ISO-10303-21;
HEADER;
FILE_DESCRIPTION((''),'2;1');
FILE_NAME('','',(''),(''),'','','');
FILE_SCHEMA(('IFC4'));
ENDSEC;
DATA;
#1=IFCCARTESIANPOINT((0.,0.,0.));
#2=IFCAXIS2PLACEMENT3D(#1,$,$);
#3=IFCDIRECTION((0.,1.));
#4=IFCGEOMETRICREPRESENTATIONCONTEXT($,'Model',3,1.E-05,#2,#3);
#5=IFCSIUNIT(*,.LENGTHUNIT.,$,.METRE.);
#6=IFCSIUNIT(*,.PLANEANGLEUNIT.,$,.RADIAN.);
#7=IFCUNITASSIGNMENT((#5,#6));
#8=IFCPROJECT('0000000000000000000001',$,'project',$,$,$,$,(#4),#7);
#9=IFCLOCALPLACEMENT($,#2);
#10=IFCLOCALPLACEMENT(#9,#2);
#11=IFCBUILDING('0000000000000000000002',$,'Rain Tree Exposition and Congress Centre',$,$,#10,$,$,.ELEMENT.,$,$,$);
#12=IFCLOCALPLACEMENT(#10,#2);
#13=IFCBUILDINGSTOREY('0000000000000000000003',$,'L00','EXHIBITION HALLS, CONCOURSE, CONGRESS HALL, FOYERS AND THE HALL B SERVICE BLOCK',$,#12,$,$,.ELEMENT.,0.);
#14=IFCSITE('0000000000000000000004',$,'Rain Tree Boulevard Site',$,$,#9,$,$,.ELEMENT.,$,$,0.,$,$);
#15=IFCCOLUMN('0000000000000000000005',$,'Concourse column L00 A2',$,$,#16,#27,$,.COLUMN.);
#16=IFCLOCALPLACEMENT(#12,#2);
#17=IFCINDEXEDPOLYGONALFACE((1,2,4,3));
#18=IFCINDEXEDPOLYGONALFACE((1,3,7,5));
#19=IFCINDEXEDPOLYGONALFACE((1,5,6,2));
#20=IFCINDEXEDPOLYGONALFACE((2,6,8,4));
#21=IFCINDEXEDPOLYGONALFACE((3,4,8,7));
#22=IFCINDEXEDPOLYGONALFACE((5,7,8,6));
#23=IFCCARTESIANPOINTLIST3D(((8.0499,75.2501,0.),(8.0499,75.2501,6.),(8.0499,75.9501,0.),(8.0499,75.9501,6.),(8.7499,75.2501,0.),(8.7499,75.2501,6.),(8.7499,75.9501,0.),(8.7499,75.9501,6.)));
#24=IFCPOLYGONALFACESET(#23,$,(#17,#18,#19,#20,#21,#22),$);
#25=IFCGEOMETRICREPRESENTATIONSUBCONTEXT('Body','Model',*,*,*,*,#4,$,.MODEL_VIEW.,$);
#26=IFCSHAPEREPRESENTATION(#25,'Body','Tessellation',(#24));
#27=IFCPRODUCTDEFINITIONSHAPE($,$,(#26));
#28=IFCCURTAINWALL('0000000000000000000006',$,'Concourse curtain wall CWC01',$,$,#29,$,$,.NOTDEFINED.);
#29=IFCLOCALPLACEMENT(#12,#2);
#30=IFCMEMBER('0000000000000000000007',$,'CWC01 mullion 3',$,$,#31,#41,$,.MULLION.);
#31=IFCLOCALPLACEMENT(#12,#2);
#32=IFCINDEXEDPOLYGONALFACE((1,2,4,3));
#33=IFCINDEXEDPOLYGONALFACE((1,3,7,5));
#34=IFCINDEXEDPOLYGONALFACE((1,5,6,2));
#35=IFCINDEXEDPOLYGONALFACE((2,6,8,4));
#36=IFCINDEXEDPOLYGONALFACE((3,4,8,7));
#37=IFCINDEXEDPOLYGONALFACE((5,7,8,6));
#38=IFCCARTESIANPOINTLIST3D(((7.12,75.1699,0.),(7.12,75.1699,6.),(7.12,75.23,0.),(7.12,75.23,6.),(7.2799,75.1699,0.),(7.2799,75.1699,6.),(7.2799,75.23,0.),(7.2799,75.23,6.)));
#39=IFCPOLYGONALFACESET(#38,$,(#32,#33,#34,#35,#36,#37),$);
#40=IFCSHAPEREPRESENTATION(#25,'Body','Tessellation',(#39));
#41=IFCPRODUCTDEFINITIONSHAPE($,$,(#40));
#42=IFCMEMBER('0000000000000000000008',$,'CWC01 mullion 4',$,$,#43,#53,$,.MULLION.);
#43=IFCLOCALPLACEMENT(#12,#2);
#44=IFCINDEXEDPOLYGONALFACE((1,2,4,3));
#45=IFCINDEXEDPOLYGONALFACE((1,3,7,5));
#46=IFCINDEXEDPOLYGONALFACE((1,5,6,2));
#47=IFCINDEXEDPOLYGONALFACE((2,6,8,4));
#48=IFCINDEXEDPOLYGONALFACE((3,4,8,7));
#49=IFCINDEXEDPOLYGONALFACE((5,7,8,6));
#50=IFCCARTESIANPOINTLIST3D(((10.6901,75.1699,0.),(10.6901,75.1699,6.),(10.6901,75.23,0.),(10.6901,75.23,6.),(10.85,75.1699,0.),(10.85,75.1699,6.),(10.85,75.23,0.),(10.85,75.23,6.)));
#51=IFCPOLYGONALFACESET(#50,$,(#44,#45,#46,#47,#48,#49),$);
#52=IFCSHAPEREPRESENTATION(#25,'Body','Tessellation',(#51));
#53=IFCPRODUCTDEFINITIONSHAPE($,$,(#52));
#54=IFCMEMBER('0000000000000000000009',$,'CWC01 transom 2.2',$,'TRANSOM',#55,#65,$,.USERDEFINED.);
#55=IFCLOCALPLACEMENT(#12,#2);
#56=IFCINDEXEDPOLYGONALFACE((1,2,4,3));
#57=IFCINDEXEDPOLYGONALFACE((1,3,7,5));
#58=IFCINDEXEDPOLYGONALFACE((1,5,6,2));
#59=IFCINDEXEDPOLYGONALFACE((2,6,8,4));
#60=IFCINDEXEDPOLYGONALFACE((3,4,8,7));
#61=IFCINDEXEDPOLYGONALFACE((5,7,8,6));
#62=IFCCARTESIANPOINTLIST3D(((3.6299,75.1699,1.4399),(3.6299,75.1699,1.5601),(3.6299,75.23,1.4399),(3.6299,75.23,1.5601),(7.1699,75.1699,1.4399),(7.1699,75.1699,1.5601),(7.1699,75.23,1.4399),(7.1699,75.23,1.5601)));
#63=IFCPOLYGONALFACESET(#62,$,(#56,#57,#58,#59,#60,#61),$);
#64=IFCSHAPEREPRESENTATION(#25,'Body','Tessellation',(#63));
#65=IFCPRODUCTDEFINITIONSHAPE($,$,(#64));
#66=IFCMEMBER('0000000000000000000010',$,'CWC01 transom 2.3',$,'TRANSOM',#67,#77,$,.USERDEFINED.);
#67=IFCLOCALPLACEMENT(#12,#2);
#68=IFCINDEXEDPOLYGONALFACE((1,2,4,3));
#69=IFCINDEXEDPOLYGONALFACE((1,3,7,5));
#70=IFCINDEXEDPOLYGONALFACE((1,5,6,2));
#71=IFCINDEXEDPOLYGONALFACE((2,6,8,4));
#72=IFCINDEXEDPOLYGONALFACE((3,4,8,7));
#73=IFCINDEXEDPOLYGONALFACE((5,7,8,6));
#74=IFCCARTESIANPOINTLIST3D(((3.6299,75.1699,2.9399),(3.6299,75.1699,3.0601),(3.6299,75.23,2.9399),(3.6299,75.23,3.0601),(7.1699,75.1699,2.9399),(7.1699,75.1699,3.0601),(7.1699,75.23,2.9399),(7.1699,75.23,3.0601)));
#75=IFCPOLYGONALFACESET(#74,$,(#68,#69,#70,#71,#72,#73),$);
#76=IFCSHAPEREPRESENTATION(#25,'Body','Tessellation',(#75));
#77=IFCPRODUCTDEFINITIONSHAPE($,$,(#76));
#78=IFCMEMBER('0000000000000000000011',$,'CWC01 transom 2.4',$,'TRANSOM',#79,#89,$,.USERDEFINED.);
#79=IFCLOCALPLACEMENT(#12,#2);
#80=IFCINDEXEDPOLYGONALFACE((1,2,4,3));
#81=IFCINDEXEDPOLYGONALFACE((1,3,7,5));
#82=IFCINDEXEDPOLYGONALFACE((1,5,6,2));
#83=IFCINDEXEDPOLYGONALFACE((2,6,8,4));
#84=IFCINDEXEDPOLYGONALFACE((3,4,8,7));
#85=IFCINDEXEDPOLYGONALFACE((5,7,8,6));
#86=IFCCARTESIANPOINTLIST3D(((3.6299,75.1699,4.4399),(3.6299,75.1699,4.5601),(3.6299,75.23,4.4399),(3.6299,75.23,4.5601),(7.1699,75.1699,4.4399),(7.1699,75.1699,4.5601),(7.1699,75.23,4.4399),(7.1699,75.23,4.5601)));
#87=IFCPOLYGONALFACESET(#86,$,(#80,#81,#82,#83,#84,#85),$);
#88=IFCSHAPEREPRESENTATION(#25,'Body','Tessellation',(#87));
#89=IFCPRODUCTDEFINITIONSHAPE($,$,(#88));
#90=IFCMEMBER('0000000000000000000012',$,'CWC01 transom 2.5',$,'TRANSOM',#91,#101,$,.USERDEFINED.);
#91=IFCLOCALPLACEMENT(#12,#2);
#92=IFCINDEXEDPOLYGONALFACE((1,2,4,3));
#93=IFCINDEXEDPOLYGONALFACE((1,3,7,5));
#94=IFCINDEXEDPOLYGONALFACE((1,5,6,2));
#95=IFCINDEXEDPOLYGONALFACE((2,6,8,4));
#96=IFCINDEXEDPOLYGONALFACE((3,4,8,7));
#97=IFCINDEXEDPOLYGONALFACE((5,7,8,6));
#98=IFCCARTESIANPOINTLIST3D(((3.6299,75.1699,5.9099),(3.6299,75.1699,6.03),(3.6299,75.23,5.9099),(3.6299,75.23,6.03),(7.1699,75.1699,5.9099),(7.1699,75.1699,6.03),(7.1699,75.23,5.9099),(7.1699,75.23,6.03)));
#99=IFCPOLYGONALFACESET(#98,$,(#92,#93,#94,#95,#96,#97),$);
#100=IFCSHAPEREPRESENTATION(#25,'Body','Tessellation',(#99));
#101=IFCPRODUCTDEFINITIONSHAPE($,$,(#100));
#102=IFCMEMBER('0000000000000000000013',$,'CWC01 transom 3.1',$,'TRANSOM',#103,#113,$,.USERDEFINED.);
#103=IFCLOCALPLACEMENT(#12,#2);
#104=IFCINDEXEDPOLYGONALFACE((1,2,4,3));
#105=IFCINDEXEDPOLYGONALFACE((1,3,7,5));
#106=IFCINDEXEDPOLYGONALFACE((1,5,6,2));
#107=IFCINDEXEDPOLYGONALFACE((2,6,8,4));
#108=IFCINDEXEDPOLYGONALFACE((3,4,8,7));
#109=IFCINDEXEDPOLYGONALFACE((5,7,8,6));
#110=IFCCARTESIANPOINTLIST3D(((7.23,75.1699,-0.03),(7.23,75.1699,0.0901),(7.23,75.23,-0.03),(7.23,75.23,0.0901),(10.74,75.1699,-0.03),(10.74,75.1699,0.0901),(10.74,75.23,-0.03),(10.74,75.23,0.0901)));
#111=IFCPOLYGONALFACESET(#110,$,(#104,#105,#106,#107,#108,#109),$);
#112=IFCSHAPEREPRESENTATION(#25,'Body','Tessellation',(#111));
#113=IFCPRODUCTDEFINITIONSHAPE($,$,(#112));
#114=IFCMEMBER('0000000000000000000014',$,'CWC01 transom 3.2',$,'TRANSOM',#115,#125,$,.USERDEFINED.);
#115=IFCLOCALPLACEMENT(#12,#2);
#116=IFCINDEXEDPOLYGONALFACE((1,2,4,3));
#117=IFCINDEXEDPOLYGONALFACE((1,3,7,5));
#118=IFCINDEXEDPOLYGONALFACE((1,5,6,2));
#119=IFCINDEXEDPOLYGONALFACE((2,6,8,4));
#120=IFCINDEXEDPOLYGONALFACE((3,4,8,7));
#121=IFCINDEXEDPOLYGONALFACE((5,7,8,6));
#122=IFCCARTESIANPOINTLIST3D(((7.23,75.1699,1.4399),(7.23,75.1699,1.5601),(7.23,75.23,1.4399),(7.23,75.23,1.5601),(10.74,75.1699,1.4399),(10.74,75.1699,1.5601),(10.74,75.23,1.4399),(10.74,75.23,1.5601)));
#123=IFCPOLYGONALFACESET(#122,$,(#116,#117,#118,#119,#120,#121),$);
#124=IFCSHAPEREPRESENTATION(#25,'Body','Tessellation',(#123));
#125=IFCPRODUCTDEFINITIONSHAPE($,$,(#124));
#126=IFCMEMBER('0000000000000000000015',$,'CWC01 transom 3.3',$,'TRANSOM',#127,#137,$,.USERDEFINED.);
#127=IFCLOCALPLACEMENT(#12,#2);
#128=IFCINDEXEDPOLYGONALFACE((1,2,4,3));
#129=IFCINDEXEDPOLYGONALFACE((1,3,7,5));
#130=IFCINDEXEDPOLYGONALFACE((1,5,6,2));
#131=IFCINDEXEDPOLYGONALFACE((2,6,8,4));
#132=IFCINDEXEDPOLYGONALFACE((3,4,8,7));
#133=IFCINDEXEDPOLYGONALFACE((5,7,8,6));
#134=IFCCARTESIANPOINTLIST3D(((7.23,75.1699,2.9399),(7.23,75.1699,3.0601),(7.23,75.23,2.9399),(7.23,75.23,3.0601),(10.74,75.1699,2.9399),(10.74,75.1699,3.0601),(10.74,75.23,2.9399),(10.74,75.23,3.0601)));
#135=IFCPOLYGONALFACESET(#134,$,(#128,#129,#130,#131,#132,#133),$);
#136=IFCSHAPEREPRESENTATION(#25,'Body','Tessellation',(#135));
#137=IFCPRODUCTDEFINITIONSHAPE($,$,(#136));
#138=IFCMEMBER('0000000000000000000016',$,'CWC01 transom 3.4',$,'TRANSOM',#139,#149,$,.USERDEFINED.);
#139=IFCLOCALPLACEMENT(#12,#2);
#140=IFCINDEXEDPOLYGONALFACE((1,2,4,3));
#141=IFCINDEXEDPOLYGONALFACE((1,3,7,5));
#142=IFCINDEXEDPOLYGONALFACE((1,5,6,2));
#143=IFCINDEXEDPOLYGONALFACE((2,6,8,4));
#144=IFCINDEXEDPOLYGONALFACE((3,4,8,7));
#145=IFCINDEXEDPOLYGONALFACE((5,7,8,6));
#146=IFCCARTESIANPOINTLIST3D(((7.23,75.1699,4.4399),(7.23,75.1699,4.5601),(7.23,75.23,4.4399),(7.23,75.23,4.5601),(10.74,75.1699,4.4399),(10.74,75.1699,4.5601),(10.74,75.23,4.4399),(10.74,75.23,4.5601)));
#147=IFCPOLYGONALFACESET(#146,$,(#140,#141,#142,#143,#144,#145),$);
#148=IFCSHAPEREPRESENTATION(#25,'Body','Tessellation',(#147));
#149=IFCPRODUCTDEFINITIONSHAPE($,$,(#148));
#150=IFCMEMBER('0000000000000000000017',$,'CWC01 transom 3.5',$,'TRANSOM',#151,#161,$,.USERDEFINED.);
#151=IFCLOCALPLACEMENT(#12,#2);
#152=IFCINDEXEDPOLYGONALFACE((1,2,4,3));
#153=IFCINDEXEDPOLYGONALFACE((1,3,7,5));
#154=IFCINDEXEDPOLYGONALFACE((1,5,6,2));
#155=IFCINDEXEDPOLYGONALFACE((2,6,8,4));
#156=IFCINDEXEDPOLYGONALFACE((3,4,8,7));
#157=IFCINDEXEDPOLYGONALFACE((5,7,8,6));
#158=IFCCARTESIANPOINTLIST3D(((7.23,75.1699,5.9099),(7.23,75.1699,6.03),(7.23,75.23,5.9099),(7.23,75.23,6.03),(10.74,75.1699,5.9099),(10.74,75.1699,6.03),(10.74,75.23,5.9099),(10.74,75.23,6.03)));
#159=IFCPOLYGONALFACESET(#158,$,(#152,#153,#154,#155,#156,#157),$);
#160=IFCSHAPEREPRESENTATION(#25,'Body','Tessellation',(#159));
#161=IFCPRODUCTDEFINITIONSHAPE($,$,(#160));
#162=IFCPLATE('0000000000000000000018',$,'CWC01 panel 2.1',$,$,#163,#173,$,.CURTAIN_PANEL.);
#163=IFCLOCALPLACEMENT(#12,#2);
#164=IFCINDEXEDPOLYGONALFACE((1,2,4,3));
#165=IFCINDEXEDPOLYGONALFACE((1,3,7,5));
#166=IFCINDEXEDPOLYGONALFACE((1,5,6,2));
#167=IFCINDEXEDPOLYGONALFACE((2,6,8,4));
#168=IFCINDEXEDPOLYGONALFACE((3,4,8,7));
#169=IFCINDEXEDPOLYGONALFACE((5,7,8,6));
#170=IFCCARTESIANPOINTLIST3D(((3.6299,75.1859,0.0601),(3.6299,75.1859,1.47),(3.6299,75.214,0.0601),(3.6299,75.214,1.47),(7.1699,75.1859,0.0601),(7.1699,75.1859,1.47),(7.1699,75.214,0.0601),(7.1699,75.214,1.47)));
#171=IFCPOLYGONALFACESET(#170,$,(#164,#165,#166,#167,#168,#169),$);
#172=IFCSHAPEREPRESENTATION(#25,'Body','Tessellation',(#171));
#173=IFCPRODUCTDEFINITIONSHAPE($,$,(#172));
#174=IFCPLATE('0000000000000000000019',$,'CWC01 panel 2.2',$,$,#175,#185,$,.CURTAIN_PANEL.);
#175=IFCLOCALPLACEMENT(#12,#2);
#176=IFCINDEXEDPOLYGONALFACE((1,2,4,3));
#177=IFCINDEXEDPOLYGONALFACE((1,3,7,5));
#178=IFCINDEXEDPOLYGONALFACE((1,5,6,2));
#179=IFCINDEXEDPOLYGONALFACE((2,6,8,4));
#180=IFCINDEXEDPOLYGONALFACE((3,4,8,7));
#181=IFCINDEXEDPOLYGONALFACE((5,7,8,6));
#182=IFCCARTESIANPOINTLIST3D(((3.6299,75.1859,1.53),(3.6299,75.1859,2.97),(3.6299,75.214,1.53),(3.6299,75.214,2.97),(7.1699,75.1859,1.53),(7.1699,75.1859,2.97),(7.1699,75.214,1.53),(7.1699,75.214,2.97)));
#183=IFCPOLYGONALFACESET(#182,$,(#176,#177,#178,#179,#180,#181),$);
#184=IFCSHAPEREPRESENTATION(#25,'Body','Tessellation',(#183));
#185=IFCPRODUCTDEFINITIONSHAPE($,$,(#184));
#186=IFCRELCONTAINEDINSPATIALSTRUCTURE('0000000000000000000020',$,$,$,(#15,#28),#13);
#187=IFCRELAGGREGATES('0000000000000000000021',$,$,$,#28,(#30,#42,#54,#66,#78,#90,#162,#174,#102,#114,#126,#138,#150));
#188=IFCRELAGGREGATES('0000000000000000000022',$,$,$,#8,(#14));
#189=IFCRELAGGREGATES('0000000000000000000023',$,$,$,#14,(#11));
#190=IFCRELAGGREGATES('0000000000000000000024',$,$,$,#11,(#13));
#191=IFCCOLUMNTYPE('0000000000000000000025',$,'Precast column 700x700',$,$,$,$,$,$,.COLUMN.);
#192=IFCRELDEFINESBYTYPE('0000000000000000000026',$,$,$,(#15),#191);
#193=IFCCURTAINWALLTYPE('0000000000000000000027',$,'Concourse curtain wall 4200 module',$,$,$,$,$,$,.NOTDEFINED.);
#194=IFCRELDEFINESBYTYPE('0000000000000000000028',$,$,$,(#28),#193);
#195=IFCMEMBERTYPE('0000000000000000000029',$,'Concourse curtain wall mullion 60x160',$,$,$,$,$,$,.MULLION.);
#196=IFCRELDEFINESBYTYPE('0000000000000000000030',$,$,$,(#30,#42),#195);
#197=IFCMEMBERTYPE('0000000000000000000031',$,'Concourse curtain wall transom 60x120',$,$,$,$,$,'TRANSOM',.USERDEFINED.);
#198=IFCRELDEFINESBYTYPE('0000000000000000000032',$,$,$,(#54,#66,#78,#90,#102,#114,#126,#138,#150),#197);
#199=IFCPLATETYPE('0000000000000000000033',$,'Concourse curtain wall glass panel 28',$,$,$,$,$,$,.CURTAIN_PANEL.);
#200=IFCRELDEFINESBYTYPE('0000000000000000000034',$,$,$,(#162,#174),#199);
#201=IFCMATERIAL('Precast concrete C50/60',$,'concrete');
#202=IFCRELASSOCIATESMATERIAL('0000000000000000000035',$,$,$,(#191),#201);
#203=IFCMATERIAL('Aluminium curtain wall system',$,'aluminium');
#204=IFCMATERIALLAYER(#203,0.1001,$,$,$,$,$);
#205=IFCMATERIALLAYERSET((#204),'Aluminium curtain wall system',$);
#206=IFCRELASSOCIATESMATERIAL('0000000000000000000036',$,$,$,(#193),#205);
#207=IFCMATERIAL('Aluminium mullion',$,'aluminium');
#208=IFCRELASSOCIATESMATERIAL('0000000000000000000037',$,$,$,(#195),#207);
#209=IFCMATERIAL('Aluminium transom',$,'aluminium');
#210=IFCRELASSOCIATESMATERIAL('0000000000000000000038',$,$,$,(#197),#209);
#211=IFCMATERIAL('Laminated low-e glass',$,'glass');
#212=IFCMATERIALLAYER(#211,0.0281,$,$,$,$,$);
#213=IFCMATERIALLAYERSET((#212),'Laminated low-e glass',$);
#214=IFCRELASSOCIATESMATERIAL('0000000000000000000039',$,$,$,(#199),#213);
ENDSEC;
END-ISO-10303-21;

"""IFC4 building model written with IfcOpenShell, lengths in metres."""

from ifc_helpers import new_model, si_unit, direction, frame, origin, origin_2d, place, context, subcontext, project, spatial, rectangle, extrude, material, layer, layer_set, material_profile, profile_set, type_object, element, aggregate, save


model = new_model("IFC4")

# Units and contexts
model_context = context("Model", 3, precision=1e-05, world=origin(), true_north=direction((0.0, 1.0)))
body_context = subcontext(model_context, "Body", "Model", "MODEL_VIEW")
ifc_project = project(units=[si_unit("LENGTHUNIT", "METRE"), si_unit("PLANEANGLEUNIT", "RADIAN")], contexts=[model_context])

# Site, building, storey
site_placement = place(None, origin())
site = spatial("IfcSite", under=ifc_project, at=site_placement, Name="Rain Tree Boulevard Site", CompositionType="ELEMENT", RefElevation=0.0)
building_placement = place(site_placement, origin())
building = spatial("IfcBuilding", under=site, at=building_placement, Name="Rain Tree Exposition and Congress Centre", CompositionType="ELEMENT")
storey_placement = place(building_placement, origin())
storey = spatial("IfcBuildingStorey", under=building, at=storey_placement, Name="L00", Description="EXHIBITION HALLS, CONCOURSE, CONGRESS HALL, FOYERS AND THE HALL B SERVICE BLOCK", CompositionType="ELEMENT", Elevation=0.0)

# Column
ifc_material_1 = material(Name="Precast concrete C50/60", Category="concrete")
ifc_material_profile_1 = material_profile(ifc_material_1, rectangle(XDim=0.7, YDim=0.7, at=origin_2d()), Name="RC 700x700")
ifc_profile_set_1 = profile_set([ifc_material_profile_1], Name="Precast concrete C50/60")
column_type = type_object("IfcColumnType", Name="Precast column 700x700", PredefinedType="COLUMN", material=ifc_profile_set_1)
column_placement = place(storey_placement, frame((8.3999, 75.6001, 0.0), z_axis=(0.0, 0.0, 1.0), x_axis=(1.0, 0.0, 0.0)))
element("IfcColumn", 1, at=column_placement, inside=storey, type_object=column_type, Name="Concourse column L00 A2", PredefinedType="COLUMN", context=body_context, shape_type="SweptSolid", body=[
    extrude(rectangle(XDim=0.7, YDim=0.7, at=origin_2d()), origin(), (0.0, 0.0, 1.0), 6.0),
])

# Curtain wall, members, plates
ifc_material_2 = material(Name="Aluminium curtain wall system", Category="aluminium")
ifc_layer_1 = layer(ifc_material_2, 0.1001)
ifc_layer_set_1 = layer_set([ifc_layer_1], Name="Aluminium curtain wall system")
curtain_wall_type = type_object("IfcCurtainWallType", Name="Concourse curtain wall 4200 module", PredefinedType="NOTDEFINED", material=ifc_layer_set_1)
curtain_wall_placement = place(storey_placement, origin())
curtain_wall = element("IfcCurtainWall", 2, at=curtain_wall_placement, inside=storey, type_object=curtain_wall_type, Name="Concourse curtain wall CWC01", PredefinedType="NOTDEFINED")
ifc_material_3 = material(Name="Aluminium mullion", Category="aluminium")
ifc_material_profile_2 = material_profile(ifc_material_3, rectangle(XDim=0.0601, YDim=0.1599, at=origin_2d()), Name="AL 60x160")
ifc_profile_set_2 = profile_set([ifc_material_profile_2], Name="Aluminium mullion")
member_type_1 = type_object("IfcMemberType", Name="Concourse curtain wall mullion 60x160", PredefinedType="MULLION", material=ifc_profile_set_2)
member_1_placement = place(storey_placement, frame((7.2, 75.2, 0.0), z_axis=(0.0, 0.0, 1.0), x_axis=(0.0, 1.0, 0.0)))
member_1 = element("IfcMember", 3, at=member_1_placement, type_object=member_type_1, Name="CWC01 mullion 3", PredefinedType="MULLION", context=body_context, shape_type="SweptSolid", body=[
    extrude(rectangle(XDim=0.0601, YDim=0.1599, at=origin_2d()), origin(), (0.0, 0.0, 1.0), 6.0),
])
member_2_placement = place(storey_placement, frame((10.77, 75.2, 0.0), z_axis=(0.0, 0.0, 1.0), x_axis=(0.0, 1.0, 0.0)))
member_2 = element("IfcMember", 4, at=member_2_placement, type_object=member_type_1, Name="CWC01 mullion 4", PredefinedType="MULLION", context=body_context, shape_type="SweptSolid", body=[
    extrude(rectangle(XDim=0.0601, YDim=0.1599, at=origin_2d()), origin(), (0.0, 0.0, 1.0), 6.0),
])
ifc_material_4 = material(Name="Aluminium transom", Category="aluminium")
ifc_material_profile_3 = material_profile(ifc_material_4, rectangle(XDim=0.0601, YDim=0.1201, at=origin_2d()), Name="AL 60x120")
ifc_profile_set_3 = profile_set([ifc_material_profile_3], Name="Aluminium transom")
member_type_2 = type_object("IfcMemberType", Name="Concourse curtain wall transom 60x120", ElementType="TRANSOM", PredefinedType="USERDEFINED", material=ifc_profile_set_3)
member_3_placement = place(storey_placement, frame((3.6299, 75.2, 1.5), z_axis=(1.0, 0.0, 0.0), x_axis=(0.0, 1.0, 0.0)))
member_3 = element("IfcMember", 5, at=member_3_placement, type_object=member_type_2, Name="CWC01 transom 2.2", ObjectType="TRANSOM", PredefinedType="USERDEFINED", context=body_context, shape_type="SweptSolid", body=[
    extrude(rectangle(XDim=0.0601, YDim=0.1201, at=origin_2d()), origin(), (0.0, 0.0, 1.0), 3.54),
])
member_4_placement = place(storey_placement, frame((3.6299, 75.2, 3.0), z_axis=(1.0, 0.0, 0.0), x_axis=(0.0, 1.0, 0.0)))
member_4 = element("IfcMember", 6, at=member_4_placement, type_object=member_type_2, Name="CWC01 transom 2.3", ObjectType="TRANSOM", PredefinedType="USERDEFINED", context=body_context, shape_type="SweptSolid", body=[
    extrude(rectangle(XDim=0.0601, YDim=0.1201, at=origin_2d()), origin(), (0.0, 0.0, 1.0), 3.54),
])
member_5_placement = place(storey_placement, frame((3.6299, 75.2, 4.5), z_axis=(1.0, 0.0, 0.0), x_axis=(0.0, 1.0, 0.0)))
member_5 = element("IfcMember", 7, at=member_5_placement, type_object=member_type_2, Name="CWC01 transom 2.4", ObjectType="TRANSOM", PredefinedType="USERDEFINED", context=body_context, shape_type="SweptSolid", body=[
    extrude(rectangle(XDim=0.0601, YDim=0.1201, at=origin_2d()), origin(), (0.0, 0.0, 1.0), 3.54),
])
member_6_placement = place(storey_placement, frame((3.6299, 75.2, 5.97), z_axis=(1.0, 0.0, 0.0), x_axis=(0.0, 1.0, 0.0)))
member_6 = element("IfcMember", 8, at=member_6_placement, type_object=member_type_2, Name="CWC01 transom 2.5", ObjectType="TRANSOM", PredefinedType="USERDEFINED", context=body_context, shape_type="SweptSolid", body=[
    extrude(rectangle(XDim=0.0601, YDim=0.1201, at=origin_2d()), origin(), (0.0, 0.0, 1.0), 3.54),
])
member_7_placement = place(storey_placement, frame((7.23, 75.2, 0.03), z_axis=(1.0, 0.0, 0.0), x_axis=(0.0, 1.0, 0.0)))
member_7 = element("IfcMember", 9, at=member_7_placement, type_object=member_type_2, Name="CWC01 transom 3.1", ObjectType="TRANSOM", PredefinedType="USERDEFINED", context=body_context, shape_type="SweptSolid", body=[
    extrude(rectangle(XDim=0.0601, YDim=0.1201, at=origin_2d()), origin(), (0.0, 0.0, 1.0), 3.51),
])
member_8_placement = place(storey_placement, frame((7.23, 75.2, 1.5), z_axis=(1.0, 0.0, 0.0), x_axis=(0.0, 1.0, 0.0)))
member_8 = element("IfcMember", 10, at=member_8_placement, type_object=member_type_2, Name="CWC01 transom 3.2", ObjectType="TRANSOM", PredefinedType="USERDEFINED", context=body_context, shape_type="SweptSolid", body=[
    extrude(rectangle(XDim=0.0601, YDim=0.1201, at=origin_2d()), origin(), (0.0, 0.0, 1.0), 3.51),
])
member_9_placement = place(storey_placement, frame((7.23, 75.2, 3.0), z_axis=(1.0, 0.0, 0.0), x_axis=(0.0, 1.0, 0.0)))
member_9 = element("IfcMember", 11, at=member_9_placement, type_object=member_type_2, Name="CWC01 transom 3.3", ObjectType="TRANSOM", PredefinedType="USERDEFINED", context=body_context, shape_type="SweptSolid", body=[
    extrude(rectangle(XDim=0.0601, YDim=0.1201, at=origin_2d()), origin(), (0.0, 0.0, 1.0), 3.51),
])
member_10_placement = place(storey_placement, frame((7.23, 75.2, 4.5), z_axis=(1.0, 0.0, 0.0), x_axis=(0.0, 1.0, 0.0)))
member_10 = element("IfcMember", 12, at=member_10_placement, type_object=member_type_2, Name="CWC01 transom 3.4", ObjectType="TRANSOM", PredefinedType="USERDEFINED", context=body_context, shape_type="SweptSolid", body=[
    extrude(rectangle(XDim=0.0601, YDim=0.1201, at=origin_2d()), origin(), (0.0, 0.0, 1.0), 3.51),
])
member_11_placement = place(storey_placement, frame((7.23, 75.2, 5.97), z_axis=(1.0, 0.0, 0.0), x_axis=(0.0, 1.0, 0.0)))
member_11 = element("IfcMember", 13, at=member_11_placement, type_object=member_type_2, Name="CWC01 transom 3.5", ObjectType="TRANSOM", PredefinedType="USERDEFINED", context=body_context, shape_type="SweptSolid", body=[
    extrude(rectangle(XDim=0.0601, YDim=0.1201, at=origin_2d()), origin(), (0.0, 0.0, 1.0), 3.51),
])
ifc_material_5 = material(Name="Laminated low-e glass", Category="glass")
ifc_layer_2 = layer(ifc_material_5, 0.0281)
ifc_layer_set_2 = layer_set([ifc_layer_2], Name="Laminated low-e glass")
plate_type = type_object("IfcPlateType", Name="Concourse curtain wall glass panel 28", PredefinedType="CURTAIN_PANEL", material=ifc_layer_set_2)
plate_1_placement = place(storey_placement, frame((5.3999, 75.2, 0.0601), z_axis=(0.0, 0.0, 1.0), x_axis=(1.0, 0.0, 0.0)))
plate_1 = element("IfcPlate", 14, at=plate_1_placement, type_object=plate_type, Name="CWC01 panel 2.1", PredefinedType="CURTAIN_PANEL", context=body_context, shape_type="SweptSolid", body=[
    extrude(rectangle(XDim=3.54, YDim=0.0281, at=origin_2d()), origin(), (0.0, 0.0, 1.0), 1.4099),
])
plate_2_placement = place(storey_placement, frame((5.3999, 75.2, 1.53), z_axis=(0.0, 0.0, 1.0), x_axis=(1.0, 0.0, 0.0)))
plate_2 = element("IfcPlate", 15, at=plate_2_placement, type_object=plate_type, Name="CWC01 panel 2.2", PredefinedType="CURTAIN_PANEL", context=body_context, shape_type="SweptSolid", body=[
    extrude(rectangle(XDim=3.54, YDim=0.0281, at=origin_2d()), origin(), (0.0, 0.0, 1.0), 1.4399),
])
aggregate(curtain_wall, [member_1, member_2, member_3, member_4, member_5, member_6, plate_1, plate_2, member_7, member_8, member_9, member_10, member_11])

save(model, "model.ifc")
